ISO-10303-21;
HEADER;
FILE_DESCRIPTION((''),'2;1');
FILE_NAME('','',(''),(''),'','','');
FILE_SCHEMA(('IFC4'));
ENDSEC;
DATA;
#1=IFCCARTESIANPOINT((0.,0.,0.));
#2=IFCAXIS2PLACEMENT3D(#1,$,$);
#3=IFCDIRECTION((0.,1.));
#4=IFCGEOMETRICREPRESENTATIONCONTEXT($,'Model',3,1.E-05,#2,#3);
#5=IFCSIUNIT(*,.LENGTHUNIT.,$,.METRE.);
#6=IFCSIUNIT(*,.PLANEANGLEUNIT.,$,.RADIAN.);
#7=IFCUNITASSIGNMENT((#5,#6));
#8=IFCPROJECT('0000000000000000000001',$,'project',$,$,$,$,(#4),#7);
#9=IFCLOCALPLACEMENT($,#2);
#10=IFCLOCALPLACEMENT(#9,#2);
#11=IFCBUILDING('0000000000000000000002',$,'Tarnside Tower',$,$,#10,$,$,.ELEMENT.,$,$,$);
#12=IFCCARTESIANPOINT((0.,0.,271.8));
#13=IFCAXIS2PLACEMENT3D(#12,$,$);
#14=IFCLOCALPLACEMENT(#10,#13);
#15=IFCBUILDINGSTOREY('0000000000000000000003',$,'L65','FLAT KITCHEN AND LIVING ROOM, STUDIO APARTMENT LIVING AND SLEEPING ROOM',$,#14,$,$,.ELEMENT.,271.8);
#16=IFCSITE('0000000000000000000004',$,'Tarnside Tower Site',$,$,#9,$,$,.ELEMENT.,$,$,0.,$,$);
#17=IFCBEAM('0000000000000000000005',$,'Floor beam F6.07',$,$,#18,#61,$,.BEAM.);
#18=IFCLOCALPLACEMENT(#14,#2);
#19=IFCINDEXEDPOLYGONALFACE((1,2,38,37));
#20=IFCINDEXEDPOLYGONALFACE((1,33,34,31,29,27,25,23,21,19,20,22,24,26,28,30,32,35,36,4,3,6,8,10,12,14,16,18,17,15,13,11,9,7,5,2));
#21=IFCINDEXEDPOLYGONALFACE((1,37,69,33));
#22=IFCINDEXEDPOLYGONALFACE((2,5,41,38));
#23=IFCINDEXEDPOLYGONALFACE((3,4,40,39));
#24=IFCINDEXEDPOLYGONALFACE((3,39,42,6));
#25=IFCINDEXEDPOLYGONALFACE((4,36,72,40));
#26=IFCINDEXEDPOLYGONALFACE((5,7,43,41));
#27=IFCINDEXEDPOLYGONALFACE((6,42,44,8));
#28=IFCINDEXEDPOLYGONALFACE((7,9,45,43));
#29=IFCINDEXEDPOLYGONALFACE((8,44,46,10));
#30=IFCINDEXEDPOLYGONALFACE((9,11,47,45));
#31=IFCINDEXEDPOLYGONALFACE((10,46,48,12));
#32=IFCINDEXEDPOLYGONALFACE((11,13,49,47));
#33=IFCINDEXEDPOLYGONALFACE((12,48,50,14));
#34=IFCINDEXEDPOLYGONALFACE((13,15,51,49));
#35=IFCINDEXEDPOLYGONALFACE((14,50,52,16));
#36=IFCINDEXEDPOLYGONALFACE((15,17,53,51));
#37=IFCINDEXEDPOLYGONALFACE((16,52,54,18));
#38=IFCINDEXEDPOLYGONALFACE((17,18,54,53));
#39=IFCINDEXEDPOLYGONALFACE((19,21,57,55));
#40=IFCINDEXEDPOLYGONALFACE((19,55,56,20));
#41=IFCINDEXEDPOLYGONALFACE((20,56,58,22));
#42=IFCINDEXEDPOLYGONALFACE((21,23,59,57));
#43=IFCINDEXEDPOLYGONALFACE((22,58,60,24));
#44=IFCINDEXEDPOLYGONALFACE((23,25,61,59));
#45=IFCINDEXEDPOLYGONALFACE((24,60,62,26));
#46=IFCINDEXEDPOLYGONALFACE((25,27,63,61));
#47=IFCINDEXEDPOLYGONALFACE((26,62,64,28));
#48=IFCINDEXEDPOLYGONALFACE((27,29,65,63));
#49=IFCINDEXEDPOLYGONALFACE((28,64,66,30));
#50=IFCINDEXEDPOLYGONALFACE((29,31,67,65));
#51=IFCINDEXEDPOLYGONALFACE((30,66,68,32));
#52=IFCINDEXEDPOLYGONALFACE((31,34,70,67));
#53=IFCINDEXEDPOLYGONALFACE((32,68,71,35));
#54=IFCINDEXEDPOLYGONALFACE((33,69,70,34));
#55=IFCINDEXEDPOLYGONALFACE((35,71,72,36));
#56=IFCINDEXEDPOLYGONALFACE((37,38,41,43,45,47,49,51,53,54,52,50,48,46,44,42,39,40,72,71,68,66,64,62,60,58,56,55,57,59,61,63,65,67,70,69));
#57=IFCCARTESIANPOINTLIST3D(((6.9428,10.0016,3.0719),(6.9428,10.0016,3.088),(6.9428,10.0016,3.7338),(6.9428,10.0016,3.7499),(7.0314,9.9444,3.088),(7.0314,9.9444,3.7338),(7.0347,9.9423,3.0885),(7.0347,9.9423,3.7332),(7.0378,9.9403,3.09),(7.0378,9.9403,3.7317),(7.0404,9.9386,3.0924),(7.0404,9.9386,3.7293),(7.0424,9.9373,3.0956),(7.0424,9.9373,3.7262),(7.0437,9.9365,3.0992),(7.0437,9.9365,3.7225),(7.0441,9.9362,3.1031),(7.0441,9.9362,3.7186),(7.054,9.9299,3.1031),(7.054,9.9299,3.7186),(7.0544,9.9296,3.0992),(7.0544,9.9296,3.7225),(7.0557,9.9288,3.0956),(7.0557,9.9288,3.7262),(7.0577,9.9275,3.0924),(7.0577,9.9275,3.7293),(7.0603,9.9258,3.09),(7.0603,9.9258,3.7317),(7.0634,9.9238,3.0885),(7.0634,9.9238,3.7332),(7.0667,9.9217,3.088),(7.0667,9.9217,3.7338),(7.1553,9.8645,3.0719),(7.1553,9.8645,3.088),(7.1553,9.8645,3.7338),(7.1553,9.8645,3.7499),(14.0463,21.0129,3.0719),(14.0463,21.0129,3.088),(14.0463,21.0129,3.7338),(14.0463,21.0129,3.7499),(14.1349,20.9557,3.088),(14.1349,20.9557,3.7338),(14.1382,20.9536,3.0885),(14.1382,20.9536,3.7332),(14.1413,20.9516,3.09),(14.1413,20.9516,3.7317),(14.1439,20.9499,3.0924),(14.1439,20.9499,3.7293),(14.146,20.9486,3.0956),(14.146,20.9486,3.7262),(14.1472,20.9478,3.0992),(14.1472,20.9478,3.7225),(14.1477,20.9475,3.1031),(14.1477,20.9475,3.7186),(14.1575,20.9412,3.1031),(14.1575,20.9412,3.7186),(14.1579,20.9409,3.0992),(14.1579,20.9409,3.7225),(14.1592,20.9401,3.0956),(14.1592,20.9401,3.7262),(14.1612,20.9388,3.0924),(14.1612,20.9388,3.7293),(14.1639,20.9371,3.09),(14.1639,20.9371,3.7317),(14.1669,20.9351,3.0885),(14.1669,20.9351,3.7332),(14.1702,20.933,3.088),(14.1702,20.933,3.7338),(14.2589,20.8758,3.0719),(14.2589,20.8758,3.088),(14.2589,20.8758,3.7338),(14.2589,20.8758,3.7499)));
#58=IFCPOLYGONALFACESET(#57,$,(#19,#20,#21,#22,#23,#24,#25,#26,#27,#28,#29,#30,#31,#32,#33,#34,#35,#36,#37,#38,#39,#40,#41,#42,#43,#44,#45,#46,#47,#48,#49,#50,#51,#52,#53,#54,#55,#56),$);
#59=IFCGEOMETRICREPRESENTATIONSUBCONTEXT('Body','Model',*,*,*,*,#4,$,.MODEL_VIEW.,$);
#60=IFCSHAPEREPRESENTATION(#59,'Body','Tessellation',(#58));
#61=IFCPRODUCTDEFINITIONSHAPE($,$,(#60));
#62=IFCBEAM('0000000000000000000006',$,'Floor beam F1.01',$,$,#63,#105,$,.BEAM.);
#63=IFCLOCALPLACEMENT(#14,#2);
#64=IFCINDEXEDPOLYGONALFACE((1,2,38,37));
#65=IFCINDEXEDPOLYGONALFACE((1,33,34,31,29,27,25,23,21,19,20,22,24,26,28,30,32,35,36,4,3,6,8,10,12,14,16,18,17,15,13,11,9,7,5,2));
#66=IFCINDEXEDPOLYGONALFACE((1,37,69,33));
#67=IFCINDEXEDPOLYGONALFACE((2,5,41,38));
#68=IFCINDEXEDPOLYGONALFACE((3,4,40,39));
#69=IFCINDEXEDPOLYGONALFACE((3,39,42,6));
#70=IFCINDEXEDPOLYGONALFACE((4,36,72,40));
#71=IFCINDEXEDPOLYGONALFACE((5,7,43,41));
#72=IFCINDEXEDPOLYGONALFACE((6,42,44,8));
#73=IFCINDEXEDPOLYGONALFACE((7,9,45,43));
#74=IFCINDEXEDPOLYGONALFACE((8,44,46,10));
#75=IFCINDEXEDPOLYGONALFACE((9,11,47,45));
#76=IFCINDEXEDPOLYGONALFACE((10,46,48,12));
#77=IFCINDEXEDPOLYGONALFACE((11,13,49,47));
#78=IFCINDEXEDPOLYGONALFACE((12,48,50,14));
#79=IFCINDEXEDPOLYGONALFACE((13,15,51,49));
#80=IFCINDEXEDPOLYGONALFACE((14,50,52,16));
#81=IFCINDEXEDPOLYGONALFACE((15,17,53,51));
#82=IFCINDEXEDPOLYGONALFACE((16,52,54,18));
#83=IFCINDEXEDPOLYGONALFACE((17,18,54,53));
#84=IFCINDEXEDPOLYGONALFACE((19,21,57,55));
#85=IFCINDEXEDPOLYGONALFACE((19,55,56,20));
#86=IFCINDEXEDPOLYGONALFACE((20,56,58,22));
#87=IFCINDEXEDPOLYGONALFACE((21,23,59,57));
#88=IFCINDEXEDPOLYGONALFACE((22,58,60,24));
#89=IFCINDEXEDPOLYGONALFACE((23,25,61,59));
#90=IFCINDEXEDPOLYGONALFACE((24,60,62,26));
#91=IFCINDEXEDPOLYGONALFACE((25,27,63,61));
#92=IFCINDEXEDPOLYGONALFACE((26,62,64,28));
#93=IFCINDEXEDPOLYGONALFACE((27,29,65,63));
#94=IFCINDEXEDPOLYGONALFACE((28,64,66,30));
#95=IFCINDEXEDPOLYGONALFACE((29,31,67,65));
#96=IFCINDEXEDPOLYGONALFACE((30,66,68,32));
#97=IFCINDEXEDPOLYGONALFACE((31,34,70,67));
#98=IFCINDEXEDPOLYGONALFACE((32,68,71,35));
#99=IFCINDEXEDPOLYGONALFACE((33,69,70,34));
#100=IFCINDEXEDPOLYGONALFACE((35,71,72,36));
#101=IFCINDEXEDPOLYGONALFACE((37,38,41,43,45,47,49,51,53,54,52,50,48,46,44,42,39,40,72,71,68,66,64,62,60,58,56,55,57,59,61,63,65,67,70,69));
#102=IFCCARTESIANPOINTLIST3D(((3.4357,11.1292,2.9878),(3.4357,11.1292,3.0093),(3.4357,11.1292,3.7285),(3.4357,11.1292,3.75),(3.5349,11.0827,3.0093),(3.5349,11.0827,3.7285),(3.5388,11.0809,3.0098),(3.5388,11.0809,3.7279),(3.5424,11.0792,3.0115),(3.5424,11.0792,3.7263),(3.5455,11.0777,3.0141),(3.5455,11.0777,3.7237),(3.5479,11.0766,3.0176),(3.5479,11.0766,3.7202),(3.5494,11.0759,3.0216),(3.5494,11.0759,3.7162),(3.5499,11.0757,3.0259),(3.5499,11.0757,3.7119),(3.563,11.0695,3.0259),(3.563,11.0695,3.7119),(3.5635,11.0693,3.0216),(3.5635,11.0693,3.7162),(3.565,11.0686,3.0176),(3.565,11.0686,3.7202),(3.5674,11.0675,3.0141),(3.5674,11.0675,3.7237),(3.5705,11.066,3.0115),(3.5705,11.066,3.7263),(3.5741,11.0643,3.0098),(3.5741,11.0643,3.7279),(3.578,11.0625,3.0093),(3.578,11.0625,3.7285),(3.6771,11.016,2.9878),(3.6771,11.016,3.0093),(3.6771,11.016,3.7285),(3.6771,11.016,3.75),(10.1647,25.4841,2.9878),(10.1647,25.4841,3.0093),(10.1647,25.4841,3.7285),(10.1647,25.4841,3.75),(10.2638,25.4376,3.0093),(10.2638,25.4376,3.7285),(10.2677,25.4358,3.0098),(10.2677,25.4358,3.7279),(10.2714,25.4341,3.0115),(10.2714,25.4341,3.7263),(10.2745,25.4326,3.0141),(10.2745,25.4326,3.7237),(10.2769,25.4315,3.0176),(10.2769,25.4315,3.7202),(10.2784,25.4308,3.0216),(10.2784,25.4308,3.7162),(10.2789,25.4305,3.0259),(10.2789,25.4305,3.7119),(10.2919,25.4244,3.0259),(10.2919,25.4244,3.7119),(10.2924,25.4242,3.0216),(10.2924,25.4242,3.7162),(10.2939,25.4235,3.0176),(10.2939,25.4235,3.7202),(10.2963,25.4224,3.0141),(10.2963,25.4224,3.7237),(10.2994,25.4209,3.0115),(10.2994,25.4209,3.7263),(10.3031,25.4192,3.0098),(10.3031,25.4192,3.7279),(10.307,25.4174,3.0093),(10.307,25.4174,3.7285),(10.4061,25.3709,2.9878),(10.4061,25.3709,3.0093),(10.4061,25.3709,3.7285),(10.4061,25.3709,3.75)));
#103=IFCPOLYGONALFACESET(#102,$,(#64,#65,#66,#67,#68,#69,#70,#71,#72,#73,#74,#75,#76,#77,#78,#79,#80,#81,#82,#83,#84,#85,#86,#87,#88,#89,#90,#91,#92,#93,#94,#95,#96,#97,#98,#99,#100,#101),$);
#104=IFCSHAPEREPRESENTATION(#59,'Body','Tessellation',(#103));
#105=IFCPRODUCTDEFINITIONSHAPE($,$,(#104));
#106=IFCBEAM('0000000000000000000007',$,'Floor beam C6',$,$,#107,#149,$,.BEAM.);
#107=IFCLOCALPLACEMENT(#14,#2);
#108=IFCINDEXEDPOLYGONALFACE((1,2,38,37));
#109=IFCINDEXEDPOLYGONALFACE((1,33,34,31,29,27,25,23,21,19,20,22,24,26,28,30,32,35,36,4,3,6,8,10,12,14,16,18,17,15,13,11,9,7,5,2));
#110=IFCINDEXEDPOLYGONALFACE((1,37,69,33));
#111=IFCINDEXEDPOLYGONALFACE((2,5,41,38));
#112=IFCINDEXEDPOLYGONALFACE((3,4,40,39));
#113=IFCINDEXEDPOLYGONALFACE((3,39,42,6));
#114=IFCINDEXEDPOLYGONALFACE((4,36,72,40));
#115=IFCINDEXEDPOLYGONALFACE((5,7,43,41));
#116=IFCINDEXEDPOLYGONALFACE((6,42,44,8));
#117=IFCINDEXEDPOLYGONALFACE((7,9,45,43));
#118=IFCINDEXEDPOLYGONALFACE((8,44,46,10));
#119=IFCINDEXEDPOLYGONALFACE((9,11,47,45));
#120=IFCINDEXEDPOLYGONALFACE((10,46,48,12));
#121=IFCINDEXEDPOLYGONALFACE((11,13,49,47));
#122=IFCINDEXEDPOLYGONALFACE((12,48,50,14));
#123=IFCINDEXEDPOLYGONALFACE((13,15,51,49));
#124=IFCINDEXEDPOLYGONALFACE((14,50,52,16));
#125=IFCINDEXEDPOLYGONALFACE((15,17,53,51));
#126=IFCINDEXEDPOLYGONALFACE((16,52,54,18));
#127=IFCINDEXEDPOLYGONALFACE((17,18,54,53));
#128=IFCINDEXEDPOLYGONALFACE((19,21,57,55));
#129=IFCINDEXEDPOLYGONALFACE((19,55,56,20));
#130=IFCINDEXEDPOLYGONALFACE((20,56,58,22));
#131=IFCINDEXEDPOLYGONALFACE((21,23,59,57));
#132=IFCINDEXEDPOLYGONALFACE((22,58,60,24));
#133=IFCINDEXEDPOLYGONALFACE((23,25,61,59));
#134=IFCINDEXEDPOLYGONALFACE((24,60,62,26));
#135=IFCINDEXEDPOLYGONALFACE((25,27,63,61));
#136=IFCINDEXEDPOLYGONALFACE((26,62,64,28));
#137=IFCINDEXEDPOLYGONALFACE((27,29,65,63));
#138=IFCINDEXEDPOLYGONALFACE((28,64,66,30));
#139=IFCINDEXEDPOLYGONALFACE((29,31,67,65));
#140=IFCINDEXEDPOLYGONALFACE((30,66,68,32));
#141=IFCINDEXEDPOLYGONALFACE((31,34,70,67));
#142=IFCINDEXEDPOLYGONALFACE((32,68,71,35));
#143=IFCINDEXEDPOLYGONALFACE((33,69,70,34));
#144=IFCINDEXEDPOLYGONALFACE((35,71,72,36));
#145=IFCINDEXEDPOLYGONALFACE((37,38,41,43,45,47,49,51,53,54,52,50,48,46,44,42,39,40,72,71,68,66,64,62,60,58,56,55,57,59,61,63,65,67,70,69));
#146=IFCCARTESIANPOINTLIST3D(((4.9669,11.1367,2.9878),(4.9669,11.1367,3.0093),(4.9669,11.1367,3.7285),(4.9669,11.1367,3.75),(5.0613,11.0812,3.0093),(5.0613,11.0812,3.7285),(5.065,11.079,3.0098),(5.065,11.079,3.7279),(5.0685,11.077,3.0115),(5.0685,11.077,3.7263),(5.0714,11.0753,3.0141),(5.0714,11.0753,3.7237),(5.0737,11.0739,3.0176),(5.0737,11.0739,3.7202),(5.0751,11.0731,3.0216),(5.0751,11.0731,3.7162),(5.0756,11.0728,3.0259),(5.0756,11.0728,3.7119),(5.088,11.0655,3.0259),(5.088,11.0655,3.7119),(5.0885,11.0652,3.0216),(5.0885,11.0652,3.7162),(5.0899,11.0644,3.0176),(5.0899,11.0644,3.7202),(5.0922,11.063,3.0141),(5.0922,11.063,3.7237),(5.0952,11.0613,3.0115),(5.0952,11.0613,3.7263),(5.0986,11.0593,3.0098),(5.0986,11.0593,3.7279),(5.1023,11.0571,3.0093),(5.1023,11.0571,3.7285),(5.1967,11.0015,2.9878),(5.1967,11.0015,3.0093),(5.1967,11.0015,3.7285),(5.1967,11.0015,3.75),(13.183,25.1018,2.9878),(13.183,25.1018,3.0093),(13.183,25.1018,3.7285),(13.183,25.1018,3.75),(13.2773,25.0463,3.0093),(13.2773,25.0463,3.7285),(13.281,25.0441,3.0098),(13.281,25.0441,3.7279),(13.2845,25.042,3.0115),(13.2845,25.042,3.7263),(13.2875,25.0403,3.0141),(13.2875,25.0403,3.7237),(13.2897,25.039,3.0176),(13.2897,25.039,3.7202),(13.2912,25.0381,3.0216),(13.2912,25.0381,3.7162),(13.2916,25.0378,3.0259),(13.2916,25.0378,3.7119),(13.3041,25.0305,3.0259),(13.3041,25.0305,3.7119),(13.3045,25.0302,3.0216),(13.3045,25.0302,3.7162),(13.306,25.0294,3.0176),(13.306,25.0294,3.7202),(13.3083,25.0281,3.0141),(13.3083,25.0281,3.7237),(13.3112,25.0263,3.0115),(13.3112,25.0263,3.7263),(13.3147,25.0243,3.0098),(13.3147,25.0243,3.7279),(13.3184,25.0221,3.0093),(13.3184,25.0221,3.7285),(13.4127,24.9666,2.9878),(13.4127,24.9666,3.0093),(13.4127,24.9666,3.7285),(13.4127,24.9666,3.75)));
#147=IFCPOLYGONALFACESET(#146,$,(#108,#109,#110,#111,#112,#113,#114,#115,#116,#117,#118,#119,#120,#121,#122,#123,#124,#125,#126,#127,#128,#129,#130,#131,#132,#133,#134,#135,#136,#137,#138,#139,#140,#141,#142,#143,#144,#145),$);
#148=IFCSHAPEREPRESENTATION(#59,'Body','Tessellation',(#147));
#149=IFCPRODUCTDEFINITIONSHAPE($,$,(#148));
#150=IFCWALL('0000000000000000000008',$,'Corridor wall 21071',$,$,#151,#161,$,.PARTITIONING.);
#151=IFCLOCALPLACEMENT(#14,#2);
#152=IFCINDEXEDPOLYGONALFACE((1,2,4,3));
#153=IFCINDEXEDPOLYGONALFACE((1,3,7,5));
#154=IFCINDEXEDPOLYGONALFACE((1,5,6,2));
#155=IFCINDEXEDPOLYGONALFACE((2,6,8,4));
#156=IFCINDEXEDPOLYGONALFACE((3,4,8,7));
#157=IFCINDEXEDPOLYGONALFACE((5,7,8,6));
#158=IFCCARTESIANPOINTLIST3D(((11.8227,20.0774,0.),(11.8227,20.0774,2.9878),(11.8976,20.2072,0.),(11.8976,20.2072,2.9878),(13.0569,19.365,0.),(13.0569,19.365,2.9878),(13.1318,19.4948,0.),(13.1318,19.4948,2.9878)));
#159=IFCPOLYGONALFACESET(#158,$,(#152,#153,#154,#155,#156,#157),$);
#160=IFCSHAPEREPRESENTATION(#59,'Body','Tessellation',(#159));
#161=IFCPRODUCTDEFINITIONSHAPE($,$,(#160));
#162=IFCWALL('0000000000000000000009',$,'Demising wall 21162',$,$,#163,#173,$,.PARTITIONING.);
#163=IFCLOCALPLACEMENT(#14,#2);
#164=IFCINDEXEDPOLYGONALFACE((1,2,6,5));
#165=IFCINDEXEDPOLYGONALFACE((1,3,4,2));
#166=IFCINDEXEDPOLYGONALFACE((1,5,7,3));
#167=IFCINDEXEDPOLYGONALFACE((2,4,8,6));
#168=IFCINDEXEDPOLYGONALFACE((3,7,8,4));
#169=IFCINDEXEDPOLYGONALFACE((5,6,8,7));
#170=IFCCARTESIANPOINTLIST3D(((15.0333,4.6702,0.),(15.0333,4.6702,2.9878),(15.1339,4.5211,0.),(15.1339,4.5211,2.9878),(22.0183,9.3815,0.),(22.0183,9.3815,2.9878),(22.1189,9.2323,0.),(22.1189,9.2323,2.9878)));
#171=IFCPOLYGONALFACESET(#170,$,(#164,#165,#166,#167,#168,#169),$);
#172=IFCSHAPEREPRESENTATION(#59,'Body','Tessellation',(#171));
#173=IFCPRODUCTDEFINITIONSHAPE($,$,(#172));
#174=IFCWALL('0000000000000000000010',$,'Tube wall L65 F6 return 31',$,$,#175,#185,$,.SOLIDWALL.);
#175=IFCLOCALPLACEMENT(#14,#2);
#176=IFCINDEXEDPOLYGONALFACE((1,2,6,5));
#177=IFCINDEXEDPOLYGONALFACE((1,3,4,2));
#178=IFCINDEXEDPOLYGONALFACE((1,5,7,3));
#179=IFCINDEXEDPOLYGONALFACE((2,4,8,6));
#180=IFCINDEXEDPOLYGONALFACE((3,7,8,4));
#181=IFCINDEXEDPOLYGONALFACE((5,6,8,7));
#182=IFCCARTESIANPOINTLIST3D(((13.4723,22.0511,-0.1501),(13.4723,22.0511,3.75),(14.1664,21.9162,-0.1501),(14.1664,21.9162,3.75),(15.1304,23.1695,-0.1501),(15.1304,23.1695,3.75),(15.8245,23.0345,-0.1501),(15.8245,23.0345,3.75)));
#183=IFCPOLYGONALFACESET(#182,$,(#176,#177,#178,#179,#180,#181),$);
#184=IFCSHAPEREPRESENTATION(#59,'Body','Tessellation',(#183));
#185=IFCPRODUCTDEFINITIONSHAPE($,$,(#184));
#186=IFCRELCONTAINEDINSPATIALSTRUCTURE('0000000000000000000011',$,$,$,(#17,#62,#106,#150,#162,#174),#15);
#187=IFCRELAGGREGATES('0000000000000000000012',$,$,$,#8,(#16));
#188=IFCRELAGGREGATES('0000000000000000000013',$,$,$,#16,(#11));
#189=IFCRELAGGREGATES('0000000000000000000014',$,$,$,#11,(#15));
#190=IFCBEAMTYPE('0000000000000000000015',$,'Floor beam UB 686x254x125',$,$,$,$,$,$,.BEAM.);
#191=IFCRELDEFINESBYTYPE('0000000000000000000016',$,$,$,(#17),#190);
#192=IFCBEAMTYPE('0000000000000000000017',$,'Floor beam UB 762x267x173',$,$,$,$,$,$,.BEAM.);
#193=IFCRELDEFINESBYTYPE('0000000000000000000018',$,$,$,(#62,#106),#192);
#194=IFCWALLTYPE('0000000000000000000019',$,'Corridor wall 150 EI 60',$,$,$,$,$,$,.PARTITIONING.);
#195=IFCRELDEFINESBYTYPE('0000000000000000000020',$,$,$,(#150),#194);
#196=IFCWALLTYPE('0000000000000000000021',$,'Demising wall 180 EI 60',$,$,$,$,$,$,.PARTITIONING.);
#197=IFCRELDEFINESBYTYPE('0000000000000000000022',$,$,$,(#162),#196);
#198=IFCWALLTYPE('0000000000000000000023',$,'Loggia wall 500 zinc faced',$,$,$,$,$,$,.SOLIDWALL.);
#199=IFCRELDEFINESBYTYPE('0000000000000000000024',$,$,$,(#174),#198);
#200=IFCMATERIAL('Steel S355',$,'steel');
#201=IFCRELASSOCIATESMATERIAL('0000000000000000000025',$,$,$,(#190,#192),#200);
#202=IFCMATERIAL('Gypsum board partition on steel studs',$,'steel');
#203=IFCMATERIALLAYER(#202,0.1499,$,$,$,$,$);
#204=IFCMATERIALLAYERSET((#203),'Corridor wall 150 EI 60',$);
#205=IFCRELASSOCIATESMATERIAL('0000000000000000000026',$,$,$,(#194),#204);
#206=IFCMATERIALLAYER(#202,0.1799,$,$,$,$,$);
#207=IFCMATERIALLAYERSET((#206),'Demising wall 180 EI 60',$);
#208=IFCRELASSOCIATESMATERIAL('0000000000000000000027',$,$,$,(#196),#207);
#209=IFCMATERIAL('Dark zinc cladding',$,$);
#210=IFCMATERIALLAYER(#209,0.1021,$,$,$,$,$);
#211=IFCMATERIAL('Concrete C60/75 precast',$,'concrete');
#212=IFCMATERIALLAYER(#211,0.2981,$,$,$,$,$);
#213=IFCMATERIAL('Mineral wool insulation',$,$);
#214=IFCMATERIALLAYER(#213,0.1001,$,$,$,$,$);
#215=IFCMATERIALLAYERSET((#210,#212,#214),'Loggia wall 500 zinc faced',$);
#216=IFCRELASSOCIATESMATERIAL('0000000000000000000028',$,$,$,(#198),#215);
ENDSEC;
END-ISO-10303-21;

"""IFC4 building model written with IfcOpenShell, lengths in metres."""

from ifc_helpers import new_model, si_unit, direction, frame, frame_2d, origin, origin_2d, place, context, subcontext, project, spatial, polyline, rectangle, i_section, outline, extrude, material, layer, layer_set, material_profile, profile_set, type_object, element, save


model = new_model("IFC4")

# Units and contexts
model_context = context("Model", 3, precision=1e-05, world=origin(), true_north=direction((0.0, 1.0)))
body_context = subcontext(model_context, "Body", "Model", "MODEL_VIEW")
ifc_project = project(units=[si_unit("LENGTHUNIT", "METRE"), si_unit("PLANEANGLEUNIT", "RADIAN")], contexts=[model_context])

# Site, building, storey
site_placement = place(None, origin())
site = spatial("IfcSite", under=ifc_project, at=site_placement, Name="Tarnside Tower Site", CompositionType="ELEMENT", RefElevation=0.0)
building_placement = place(site_placement, origin())
building = spatial("IfcBuilding", under=site, at=building_placement, Name="Tarnside Tower", CompositionType="ELEMENT")
storey_placement = place(building_placement, frame((0.0, 0.0, 271.8)))
storey = spatial("IfcBuildingStorey", under=building, at=storey_placement, Name="L65", Description="FLAT KITCHEN AND LIVING ROOM, STUDIO APARTMENT LIVING AND SLEEPING ROOM", CompositionType="ELEMENT", Elevation=271.8)

# Beams
ifc_material_1 = material(Name="Steel S355", Category="steel")
ifc_material_profile_1 = material_profile(ifc_material_1, i_section(OverallWidth=0.2529, OverallDepth=0.678, WebThickness=0.0117, FlangeThickness=0.0161, FilletRadius=0.0151, at=origin_2d()), Name="UB 686x254x125")
ifc_profile_set_1 = profile_set([ifc_material_profile_1], Name="Steel S355")
beam_type_1 = type_object("IfcBeamType", Name="Floor beam UB 686x254x125", PredefinedType="BEAM", material=ifc_profile_set_1)
beam_1_placement = place(storey_placement, frame((14.1526, 20.9443, 3.4109), z_axis=(-0.5421, -0.840314, 0.0), x_axis=(0.840314, -0.5421, 0.0)))
element("IfcBeam", 1, at=beam_1_placement, inside=storey, type_object=beam_type_1, Name="Floor beam F6.07", PredefinedType="BEAM", context=body_context, shape_type="SweptSolid", body=[
    extrude(i_section(OverallWidth=0.2529, OverallDepth=0.678, WebThickness=0.0117, FlangeThickness=0.0161, FilletRadius=0.0151, at=origin_2d()), origin(), (0.0, 0.0, 1.0), 13.1038),
])
ifc_material_profile_2 = material_profile(ifc_material_1, i_section(OverallWidth=0.2666, OverallDepth=0.7622, WebThickness=0.0144, FlangeThickness=0.0215, FilletRadius=0.0166, at=origin_2d()), Name="UB 762x267x173")
ifc_profile_set_2 = profile_set([ifc_material_profile_2], Name="Steel S355")
beam_type_2 = type_object("IfcBeamType", Name="Floor beam UB 762x267x173", PredefinedType="BEAM", material=ifc_profile_set_2)
beam_2_placement = place(storey_placement, frame((10.2854, 25.4275, 3.3689), z_axis=(-0.424439, -0.905456, 0.0), x_axis=(0.905456, -0.424439, 0.0)))
element("IfcBeam", 2, at=beam_2_placement, inside=storey, type_object=beam_type_2, Name="Floor beam F1.01", PredefinedType="BEAM", context=body_context, shape_type="SweptSolid", body=[
    extrude(i_section(OverallWidth=0.2666, OverallDepth=0.7622, WebThickness=0.0144, FlangeThickness=0.0215, FilletRadius=0.0166, at=origin_2d()), origin(), (0.0, 0.0, 1.0), 15.8538),
])
beam_3_placement = place(storey_placement, frame((13.2979, 25.0342, 3.3689), z_axis=(-0.50708, -0.861899, 0.0), x_axis=(0.861899, -0.50708, 0.0)))
element("IfcBeam", 3, at=beam_3_placement, inside=storey, type_object=beam_type_2, Name="Floor beam C6", PredefinedType="BEAM", context=body_context, shape_type="SweptSolid", body=[
    extrude(i_section(OverallWidth=0.2666, OverallDepth=0.7622, WebThickness=0.0144, FlangeThickness=0.0215, FilletRadius=0.0166, at=origin_2d()), origin(), (0.0, 0.0, 1.0), 16.2026),
])

# Walls
ifc_material_2 = material(Name="Gypsum board partition on steel studs", Category="steel")
ifc_layer_1 = layer(ifc_material_2, 0.1499)
ifc_layer_set_1 = layer_set([ifc_layer_1], Name="Corridor wall 150 EI 60")
wall_type_1 = type_object("IfcWallType", Name="Corridor wall 150 EI 60", PredefinedType="PARTITIONING", material=ifc_layer_set_1)
wall_1_placement = place(storey_placement, frame((13.0942, 19.4299, 0.0), z_axis=(0.0, 0.0, 1.0), x_axis=(-0.866063, 0.499935, 0.0)))
element("IfcWall", 4, at=wall_1_placement, inside=storey, type_object=wall_type_1, Name="Corridor wall 21071", PredefinedType="PARTITIONING", context=body_context, shape_type="SweptSolid", body=[
    extrude(rectangle(XDim=1.425, YDim=0.1499, at=frame_2d((0.7124, 0.0))), origin(), (0.0, 0.0, 1.0), 2.9878),
])
ifc_layer_2 = layer(ifc_material_2, 0.1799)
ifc_layer_set_2 = layer_set([ifc_layer_2], Name="Demising wall 180 EI 60")
wall_type_2 = type_object("IfcWallType", Name="Demising wall 180 EI 60", PredefinedType="PARTITIONING", material=ifc_layer_set_2)
wall_2_placement = place(storey_placement, frame((22.0686, 9.3069, 0.0), z_axis=(0.0, 0.0, 1.0), x_axis=(-0.829047, -0.559179, 0.0)))
element("IfcWall", 5, at=wall_2_placement, inside=storey, type_object=wall_type_2, Name="Demising wall 21162", PredefinedType="PARTITIONING", context=body_context, shape_type="SweptSolid", body=[
    extrude(rectangle(XDim=8.4253, YDim=0.1799, at=frame_2d((4.2126, 0.0))), origin(), (0.0, 0.0, 1.0), 2.9878),
])
ifc_material_3 = material(Name="Dark zinc cladding")
ifc_layer_3 = layer(ifc_material_3, 0.1021)
ifc_material_4 = material(Name="Concrete C60/75 precast", Category="concrete")
ifc_layer_4 = layer(ifc_material_4, 0.2981)
ifc_material_5 = material(Name="Mineral wool insulation")
ifc_layer_5 = layer(ifc_material_5, 0.1001)
ifc_layer_set_3 = layer_set([ifc_layer_3, ifc_layer_4, ifc_layer_5], Name="Loggia wall 500 zinc faced")
wall_type_3 = type_object("IfcWallType", Name="Loggia wall 500 zinc faced", PredefinedType="SOLIDWALL", material=ifc_layer_set_3)
wall_3_placement = place(storey_placement, frame((13.8193, 21.9836, -0.1501), z_axis=(0.0, 0.0, 1.0), x_axis=(0.829052, 0.559171, 0.0)))
element("IfcWall", 6, at=wall_3_placement, inside=storey, type_object=wall_type_3, Name="Tube wall L65 F6 return 31", PredefinedType="SOLIDWALL", context=body_context, shape_type="SweptSolid", body=[
    extrude(outline(polyline([(0.25, -0.25), (2.25, -0.25), (1.75, 0.25), (-0.25, 0.25), (0.25, -0.25)])), origin(), (0.0, 0.0, 1.0), 3.9001),
])

save(model, "model.ifc")
